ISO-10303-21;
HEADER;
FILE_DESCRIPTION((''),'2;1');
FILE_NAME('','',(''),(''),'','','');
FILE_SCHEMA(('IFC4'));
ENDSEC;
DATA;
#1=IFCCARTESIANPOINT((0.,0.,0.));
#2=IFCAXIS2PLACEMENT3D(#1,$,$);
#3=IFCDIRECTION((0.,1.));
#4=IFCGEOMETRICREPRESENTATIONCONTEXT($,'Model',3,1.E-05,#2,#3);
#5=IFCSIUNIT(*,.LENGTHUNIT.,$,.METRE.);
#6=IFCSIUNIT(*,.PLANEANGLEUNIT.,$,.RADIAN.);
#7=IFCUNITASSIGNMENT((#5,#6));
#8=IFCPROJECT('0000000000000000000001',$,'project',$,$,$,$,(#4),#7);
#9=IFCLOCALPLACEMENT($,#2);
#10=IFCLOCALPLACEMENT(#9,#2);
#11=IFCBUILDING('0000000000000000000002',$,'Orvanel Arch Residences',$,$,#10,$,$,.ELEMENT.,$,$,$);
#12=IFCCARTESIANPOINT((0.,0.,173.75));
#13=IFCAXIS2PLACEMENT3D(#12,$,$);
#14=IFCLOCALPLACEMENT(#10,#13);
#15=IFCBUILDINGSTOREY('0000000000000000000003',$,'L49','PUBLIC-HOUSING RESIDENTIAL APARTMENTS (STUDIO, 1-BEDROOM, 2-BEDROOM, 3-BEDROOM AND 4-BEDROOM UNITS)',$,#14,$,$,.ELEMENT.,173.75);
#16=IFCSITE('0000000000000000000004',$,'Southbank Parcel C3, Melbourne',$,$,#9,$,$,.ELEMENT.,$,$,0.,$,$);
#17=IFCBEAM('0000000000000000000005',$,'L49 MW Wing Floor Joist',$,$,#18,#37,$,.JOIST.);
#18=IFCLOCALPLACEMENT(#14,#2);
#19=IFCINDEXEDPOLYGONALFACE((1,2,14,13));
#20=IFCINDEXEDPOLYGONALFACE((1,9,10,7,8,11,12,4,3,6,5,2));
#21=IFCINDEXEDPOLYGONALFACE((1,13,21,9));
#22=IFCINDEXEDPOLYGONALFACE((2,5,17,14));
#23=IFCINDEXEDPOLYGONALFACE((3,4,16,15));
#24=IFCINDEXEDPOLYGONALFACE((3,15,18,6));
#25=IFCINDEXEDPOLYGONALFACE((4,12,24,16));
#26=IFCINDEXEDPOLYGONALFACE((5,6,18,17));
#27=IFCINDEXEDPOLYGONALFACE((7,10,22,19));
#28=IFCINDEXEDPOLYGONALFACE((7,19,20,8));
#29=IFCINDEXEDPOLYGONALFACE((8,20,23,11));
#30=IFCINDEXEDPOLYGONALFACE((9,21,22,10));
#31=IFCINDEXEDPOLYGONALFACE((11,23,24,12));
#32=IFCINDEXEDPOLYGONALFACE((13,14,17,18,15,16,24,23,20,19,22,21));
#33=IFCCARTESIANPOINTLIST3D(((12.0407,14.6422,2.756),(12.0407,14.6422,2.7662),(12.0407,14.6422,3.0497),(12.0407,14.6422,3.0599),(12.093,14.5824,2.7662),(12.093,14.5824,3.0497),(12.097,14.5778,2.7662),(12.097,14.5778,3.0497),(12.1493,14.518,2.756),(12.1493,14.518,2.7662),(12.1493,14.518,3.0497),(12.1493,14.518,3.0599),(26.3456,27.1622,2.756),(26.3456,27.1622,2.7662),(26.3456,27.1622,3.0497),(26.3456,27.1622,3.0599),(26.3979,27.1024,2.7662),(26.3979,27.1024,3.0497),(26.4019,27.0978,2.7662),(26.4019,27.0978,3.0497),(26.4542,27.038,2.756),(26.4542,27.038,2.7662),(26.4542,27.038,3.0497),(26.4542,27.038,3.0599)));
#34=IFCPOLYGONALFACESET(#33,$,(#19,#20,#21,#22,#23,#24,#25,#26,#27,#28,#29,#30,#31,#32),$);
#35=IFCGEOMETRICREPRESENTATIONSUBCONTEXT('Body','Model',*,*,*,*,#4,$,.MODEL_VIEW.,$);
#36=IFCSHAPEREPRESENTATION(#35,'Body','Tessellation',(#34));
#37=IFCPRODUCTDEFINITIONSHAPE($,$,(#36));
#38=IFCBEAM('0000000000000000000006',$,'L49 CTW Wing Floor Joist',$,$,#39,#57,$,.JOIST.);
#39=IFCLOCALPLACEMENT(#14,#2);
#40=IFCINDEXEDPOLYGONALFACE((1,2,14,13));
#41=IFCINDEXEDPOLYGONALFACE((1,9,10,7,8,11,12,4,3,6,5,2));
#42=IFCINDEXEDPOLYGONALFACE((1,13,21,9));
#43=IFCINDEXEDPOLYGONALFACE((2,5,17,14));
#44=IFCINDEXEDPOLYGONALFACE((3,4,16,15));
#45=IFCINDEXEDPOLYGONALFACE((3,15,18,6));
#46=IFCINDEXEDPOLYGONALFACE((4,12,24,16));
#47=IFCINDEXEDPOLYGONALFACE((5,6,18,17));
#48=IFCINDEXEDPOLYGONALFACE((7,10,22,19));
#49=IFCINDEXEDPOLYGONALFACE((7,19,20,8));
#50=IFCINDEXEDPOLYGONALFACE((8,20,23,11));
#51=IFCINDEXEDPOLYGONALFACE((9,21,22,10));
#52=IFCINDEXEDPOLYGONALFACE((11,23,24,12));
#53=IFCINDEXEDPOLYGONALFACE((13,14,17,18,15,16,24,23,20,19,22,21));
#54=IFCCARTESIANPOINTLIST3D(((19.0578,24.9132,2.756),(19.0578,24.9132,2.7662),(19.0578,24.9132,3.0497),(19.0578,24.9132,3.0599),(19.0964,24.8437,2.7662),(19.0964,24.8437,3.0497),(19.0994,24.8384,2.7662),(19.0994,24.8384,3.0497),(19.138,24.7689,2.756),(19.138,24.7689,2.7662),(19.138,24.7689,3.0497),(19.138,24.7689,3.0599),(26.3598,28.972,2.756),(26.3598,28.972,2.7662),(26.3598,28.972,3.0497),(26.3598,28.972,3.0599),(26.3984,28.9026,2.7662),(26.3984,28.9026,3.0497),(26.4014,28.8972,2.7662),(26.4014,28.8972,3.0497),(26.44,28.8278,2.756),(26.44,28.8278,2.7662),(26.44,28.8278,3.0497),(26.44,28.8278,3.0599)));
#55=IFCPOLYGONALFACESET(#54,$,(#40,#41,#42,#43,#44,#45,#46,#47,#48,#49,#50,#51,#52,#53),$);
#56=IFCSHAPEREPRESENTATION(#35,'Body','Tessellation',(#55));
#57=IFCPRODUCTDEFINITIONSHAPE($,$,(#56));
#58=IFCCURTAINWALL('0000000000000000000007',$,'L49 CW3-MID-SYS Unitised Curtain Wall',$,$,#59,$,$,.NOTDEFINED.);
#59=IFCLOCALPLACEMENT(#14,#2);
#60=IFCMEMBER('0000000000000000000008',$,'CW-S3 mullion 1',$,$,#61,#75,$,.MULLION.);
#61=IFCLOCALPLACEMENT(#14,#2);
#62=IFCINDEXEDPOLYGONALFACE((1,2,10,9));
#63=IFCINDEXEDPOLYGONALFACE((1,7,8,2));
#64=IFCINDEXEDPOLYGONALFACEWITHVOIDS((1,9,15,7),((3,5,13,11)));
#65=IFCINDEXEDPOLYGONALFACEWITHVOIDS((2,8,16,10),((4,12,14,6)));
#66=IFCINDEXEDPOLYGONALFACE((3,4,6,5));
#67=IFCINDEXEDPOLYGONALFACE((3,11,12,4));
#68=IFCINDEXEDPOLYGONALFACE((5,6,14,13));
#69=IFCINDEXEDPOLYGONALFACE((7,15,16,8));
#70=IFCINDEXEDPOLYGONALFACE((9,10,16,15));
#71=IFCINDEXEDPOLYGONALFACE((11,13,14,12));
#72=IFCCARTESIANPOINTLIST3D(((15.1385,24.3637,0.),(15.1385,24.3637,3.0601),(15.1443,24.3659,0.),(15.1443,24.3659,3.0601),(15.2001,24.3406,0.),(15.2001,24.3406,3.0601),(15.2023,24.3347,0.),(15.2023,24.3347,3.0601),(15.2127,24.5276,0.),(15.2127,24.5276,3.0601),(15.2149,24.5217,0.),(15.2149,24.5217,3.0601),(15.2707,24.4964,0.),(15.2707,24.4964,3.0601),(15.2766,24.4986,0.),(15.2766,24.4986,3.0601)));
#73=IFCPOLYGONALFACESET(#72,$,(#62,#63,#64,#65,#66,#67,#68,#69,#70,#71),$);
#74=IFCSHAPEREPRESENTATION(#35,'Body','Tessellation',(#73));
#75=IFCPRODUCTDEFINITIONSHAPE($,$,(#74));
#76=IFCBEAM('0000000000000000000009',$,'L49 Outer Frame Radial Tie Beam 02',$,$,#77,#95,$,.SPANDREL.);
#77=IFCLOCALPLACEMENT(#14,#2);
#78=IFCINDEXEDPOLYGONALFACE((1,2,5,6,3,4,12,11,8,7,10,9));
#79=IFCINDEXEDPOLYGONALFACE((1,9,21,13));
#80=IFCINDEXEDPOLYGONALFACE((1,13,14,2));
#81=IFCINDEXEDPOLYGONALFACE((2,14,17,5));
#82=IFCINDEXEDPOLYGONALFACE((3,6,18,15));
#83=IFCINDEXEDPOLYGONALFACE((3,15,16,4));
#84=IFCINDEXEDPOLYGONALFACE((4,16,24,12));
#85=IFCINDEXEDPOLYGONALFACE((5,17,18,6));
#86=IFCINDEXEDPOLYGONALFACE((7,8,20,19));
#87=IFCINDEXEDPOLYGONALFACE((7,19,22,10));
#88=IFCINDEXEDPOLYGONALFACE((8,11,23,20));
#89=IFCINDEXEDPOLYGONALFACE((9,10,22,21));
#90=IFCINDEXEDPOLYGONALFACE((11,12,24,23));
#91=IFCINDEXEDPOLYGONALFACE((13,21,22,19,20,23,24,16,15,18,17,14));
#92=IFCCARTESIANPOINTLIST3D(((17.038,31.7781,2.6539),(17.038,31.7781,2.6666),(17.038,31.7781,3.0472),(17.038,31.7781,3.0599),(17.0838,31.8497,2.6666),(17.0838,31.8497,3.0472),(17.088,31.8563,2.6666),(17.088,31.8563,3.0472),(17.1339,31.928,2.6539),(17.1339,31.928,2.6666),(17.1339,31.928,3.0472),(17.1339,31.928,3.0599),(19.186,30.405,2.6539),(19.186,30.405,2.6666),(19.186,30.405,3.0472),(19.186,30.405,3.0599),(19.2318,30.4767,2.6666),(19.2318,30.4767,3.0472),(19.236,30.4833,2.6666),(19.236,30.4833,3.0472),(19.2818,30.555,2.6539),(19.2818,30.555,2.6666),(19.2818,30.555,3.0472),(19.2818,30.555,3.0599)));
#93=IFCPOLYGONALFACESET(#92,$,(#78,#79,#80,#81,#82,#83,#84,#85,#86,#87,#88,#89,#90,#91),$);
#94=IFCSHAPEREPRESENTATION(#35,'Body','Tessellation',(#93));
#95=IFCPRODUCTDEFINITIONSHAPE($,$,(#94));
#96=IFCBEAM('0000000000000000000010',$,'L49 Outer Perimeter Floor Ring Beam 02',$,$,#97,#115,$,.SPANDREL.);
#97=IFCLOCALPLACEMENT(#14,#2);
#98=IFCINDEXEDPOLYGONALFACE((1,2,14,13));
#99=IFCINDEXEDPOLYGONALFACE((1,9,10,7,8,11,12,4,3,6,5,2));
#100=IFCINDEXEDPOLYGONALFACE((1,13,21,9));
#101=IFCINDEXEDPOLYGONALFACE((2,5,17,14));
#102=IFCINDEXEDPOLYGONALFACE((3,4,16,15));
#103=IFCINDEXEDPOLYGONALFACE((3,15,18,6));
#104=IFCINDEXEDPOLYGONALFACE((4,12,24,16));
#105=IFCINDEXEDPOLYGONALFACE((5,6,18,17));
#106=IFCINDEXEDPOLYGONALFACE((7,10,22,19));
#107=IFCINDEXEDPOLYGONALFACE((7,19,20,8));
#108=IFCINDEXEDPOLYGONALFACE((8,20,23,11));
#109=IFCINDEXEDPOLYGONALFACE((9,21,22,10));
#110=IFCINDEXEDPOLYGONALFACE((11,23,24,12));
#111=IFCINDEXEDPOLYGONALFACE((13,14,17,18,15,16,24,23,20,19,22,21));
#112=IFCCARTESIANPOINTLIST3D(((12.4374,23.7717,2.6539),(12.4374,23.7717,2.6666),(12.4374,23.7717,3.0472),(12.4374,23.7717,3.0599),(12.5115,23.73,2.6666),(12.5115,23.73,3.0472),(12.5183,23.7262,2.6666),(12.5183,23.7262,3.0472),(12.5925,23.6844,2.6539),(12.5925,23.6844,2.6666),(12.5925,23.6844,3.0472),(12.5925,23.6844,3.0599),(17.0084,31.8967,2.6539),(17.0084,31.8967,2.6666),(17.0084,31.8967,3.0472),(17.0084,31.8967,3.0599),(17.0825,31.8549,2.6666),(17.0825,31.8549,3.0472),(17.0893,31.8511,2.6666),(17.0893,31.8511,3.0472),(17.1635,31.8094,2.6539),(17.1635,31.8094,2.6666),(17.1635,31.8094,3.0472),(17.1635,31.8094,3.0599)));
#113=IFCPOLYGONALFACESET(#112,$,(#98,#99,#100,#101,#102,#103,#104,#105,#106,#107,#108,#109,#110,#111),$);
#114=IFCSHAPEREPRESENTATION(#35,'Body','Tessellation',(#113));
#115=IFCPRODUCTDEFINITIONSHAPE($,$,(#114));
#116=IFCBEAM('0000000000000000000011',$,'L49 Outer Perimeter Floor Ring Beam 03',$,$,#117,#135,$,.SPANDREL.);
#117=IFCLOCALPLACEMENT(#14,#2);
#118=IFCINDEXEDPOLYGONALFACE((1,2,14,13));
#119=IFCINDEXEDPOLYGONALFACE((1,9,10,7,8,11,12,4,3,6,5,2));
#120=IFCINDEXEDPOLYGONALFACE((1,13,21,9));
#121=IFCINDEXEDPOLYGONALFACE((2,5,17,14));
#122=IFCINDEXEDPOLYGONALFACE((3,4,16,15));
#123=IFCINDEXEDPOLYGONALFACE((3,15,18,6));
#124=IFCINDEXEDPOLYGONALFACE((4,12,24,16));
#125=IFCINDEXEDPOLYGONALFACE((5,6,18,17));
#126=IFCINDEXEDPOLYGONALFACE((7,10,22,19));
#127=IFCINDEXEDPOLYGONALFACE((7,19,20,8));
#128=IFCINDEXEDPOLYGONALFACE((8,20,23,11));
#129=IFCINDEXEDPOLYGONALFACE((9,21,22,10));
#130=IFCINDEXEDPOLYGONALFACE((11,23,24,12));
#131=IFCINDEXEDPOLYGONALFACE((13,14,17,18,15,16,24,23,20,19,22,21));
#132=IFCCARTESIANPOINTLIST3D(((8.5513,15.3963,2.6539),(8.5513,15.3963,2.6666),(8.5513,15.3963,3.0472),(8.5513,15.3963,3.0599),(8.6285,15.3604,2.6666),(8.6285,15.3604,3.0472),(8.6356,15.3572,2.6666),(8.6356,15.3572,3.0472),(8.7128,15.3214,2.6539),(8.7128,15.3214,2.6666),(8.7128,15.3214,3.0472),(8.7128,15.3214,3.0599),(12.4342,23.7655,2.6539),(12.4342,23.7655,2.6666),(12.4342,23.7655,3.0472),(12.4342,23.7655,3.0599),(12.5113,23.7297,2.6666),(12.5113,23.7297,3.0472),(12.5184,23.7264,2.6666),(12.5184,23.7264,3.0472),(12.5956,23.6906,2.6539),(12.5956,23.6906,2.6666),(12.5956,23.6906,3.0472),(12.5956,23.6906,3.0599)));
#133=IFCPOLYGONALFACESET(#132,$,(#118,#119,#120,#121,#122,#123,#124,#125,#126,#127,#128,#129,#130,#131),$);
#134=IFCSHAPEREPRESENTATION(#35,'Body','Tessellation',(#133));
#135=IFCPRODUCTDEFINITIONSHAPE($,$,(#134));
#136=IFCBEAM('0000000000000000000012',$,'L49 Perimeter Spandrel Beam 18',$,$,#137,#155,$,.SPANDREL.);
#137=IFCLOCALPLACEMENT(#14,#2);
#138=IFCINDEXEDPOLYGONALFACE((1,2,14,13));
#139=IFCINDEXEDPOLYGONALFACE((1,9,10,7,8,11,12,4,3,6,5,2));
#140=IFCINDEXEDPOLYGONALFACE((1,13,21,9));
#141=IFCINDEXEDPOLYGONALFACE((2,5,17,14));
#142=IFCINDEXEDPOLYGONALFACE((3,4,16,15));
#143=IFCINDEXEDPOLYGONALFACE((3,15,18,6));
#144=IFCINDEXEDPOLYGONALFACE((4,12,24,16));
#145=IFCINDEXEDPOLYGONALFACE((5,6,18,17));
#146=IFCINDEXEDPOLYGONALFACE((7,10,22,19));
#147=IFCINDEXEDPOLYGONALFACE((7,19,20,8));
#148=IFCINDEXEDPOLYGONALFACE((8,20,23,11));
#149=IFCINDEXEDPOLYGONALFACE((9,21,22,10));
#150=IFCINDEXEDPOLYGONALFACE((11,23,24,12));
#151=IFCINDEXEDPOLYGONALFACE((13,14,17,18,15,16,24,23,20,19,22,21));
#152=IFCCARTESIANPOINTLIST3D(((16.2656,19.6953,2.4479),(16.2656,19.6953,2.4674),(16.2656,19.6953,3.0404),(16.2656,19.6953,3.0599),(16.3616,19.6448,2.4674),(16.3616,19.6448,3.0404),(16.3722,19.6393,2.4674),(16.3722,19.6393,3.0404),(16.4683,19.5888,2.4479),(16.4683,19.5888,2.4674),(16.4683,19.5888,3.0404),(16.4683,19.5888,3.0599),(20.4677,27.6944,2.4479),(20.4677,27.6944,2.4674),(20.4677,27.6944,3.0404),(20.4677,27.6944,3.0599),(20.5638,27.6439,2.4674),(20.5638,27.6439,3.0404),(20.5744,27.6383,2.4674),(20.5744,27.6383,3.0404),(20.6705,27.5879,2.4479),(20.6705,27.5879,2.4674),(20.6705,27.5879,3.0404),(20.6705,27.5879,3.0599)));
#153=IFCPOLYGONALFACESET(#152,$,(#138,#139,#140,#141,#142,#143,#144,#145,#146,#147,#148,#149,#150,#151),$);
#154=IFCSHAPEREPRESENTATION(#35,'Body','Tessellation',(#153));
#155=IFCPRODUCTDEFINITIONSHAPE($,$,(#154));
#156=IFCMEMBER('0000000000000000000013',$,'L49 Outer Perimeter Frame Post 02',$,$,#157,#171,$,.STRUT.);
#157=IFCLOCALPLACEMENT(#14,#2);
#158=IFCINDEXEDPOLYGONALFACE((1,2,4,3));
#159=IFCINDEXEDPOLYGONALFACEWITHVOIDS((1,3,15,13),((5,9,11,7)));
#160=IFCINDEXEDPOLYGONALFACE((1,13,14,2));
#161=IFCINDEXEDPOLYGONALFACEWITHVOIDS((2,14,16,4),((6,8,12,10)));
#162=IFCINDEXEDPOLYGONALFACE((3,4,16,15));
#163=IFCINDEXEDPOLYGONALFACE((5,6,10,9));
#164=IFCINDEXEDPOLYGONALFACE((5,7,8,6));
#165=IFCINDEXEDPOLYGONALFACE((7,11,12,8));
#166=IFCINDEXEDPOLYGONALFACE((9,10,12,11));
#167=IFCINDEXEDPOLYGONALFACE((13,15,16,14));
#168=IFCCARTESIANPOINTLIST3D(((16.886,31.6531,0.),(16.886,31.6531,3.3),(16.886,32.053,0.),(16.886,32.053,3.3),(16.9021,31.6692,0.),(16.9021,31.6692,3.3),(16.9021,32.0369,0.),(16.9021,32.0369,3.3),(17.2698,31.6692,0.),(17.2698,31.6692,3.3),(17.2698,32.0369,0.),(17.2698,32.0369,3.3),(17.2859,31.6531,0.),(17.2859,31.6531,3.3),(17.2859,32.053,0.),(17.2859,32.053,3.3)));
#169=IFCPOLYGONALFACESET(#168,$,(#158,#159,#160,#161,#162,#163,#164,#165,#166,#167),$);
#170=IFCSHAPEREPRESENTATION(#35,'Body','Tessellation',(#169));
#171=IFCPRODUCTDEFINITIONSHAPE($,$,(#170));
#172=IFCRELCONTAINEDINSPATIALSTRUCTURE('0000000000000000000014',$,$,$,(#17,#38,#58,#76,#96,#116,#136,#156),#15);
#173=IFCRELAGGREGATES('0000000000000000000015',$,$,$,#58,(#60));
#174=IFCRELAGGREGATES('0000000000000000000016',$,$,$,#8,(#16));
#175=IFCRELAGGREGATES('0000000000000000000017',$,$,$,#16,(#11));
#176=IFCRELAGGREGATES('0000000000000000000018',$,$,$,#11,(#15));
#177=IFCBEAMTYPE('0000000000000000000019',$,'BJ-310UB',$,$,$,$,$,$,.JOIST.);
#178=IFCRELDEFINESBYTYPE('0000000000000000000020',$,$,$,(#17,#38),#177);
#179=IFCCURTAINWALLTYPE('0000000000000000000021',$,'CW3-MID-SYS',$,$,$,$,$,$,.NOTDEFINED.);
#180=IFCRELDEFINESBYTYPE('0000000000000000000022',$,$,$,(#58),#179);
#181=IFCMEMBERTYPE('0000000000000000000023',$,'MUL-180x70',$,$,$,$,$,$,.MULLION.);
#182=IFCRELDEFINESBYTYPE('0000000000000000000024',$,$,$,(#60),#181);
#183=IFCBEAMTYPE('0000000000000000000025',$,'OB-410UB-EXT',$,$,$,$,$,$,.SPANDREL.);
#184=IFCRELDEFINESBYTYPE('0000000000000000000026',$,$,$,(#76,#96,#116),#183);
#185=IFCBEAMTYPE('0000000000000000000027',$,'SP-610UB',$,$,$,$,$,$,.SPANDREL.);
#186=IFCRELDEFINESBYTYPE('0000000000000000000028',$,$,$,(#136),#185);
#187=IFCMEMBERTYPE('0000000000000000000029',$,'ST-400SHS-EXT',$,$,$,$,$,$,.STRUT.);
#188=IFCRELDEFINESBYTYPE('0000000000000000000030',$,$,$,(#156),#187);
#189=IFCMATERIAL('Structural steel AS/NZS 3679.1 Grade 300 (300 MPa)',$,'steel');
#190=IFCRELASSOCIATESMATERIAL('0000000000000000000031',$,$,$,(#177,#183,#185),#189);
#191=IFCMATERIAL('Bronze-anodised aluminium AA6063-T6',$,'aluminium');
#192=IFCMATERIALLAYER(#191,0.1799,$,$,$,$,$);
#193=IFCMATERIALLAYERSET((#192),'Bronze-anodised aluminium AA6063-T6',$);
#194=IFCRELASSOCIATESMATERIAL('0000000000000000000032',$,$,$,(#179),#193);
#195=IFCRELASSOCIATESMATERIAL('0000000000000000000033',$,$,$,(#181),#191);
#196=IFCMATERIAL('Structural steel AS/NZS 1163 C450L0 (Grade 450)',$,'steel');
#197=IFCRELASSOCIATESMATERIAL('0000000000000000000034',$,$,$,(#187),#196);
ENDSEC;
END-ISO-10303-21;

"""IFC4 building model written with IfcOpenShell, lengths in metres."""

from ifc_helpers import new_model, si_unit, direction, frame, origin, origin_2d, place, context, subcontext, project, spatial, hollow_rectangle, i_section, extrude, material, layer, layer_set, material_profile, profile_set, type_object, element, aggregate, save


model = new_model("IFC4")

# Units and contexts
model_context = context("Model", 3, precision=1e-05, world=origin(), true_north=direction((0.0, 1.0)))
body_context = subcontext(model_context, "Body", "Model", "MODEL_VIEW")
ifc_project = project(units=[si_unit("LENGTHUNIT", "METRE"), si_unit("PLANEANGLEUNIT", "RADIAN")], contexts=[model_context])

# Site, building, storey
site_placement = place(None, origin())
site = spatial("IfcSite", under=ifc_project, at=site_placement, Name="Southbank Parcel C3, Melbourne", CompositionType="ELEMENT", RefElevation=0.0)
building_placement = place(site_placement, origin())
building = spatial("IfcBuilding", under=site, at=building_placement, Name="Orvanel Arch Residences", CompositionType="ELEMENT")
storey_placement = place(building_placement, frame((0.0, 0.0, 173.75)))
storey = spatial("IfcBuildingStorey", under=building, at=storey_placement, Name="L49", Description="PUBLIC-HOUSING RESIDENTIAL APARTMENTS (STUDIO, 1-BEDROOM, 2-BEDROOM, 3-BEDROOM AND 4-BEDROOM UNITS)", CompositionType="ELEMENT", Elevation=173.75)

# Shared definitions
ifc_material_1 = material(Name="Structural steel AS/NZS 1163 C450L0 (Grade 450)", Category="steel")

# Beams
ifc_material_2 = material(Name="Structural steel AS/NZS 3679.1 Grade 300 (300 MPa)", Category="steel")
ifc_material_profile_1 = material_profile(ifc_material_2, i_section(OverallWidth=0.165, OverallDepth=0.304, WebThickness=0.0061, FlangeThickness=0.0103, at=origin_2d()), Name="310UB40.4")
ifc_profile_set_1 = profile_set([ifc_material_profile_1], Name="Structural steel AS/NZS 3679.1 Grade 300 (300 MPa)")
beam_type_1 = type_object("IfcBeamType", Name="BJ-310UB", PredefinedType="JOIST", material=ifc_profile_set_1)
beam_1_placement = place(storey_placement, frame((26.3999, 27.1001, 2.908), z_axis=(-0.752493, -0.6586, 0.0), x_axis=(0.6586, -0.752493, 0.0)))
element("IfcBeam", 1, at=beam_1_placement, inside=storey, type_object=beam_type_1, Name="L49 MW Wing Floor Joist", PredefinedType="JOIST", context=body_context, shape_type="SweptSolid", body=[
    extrude(i_section(OverallWidth=0.165, OverallDepth=0.304, WebThickness=0.0061, FlangeThickness=0.0103, at=origin_2d()), origin(), (0.0, 0.0, 1.0), 19.01),
])
beam_2_placement = place(storey_placement, frame((26.3999, 28.8999, 2.908), z_axis=(-0.874047, -0.485841, 0.0), x_axis=(0.485841, -0.874047, 0.0)))
element("IfcBeam", 2, at=beam_2_placement, inside=storey, type_object=beam_type_1, Name="L49 CTW Wing Floor Joist", PredefinedType="JOIST", context=body_context, shape_type="SweptSolid", body=[
    extrude(i_section(OverallWidth=0.165, OverallDepth=0.304, WebThickness=0.0061, FlangeThickness=0.0103, at=origin_2d()), origin(), (0.0, 0.0, 1.0), 8.3542),
])

# Curtain wall, member
ifc_material_3 = material(Name="Bronze-anodised aluminium AA6063-T6", Category="aluminium")
ifc_layer_1 = layer(ifc_material_3, 0.1799)
ifc_layer_set_1 = layer_set([ifc_layer_1], Name="Bronze-anodised aluminium AA6063-T6")
curtain_wall_type = type_object("IfcCurtainWallType", Name="CW3-MID-SYS", PredefinedType="NOTDEFINED", material=ifc_layer_set_1)
curtain_wall_placement = place(storey_placement, origin())
curtain_wall = element("IfcCurtainWall", 3, at=curtain_wall_placement, inside=storey, type_object=curtain_wall_type, Name="L49 CW3-MID-SYS Unitised Curtain Wall", PredefinedType="NOTDEFINED")
ifc_material_profile_2 = material_profile(ifc_material_3, hollow_rectangle(XDim=0.0701, YDim=0.1799, WallThickness=0.0044, at=origin_2d()), Name="ALU180x70x4.5")
ifc_profile_set_2 = profile_set([ifc_material_profile_2], Name="Bronze-anodised aluminium AA6063-T6")
member_type_1 = type_object("IfcMemberType", Name="MUL-180x70", PredefinedType="MULLION", material=ifc_profile_set_2)
member_1_placement = place(storey_placement, frame((15.2075, 24.4312, 0.0), z_axis=(0.0, 0.0, 1.0), x_axis=(0.910855, -0.412726, 0.0)))
member_1 = element("IfcMember", 4, at=member_1_placement, type_object=member_type_1, Name="CW-S3 mullion 1", PredefinedType="MULLION", context=body_context, shape_type="SweptSolid", body=[
    extrude(hollow_rectangle(XDim=0.0701, YDim=0.1799, WallThickness=0.0044, at=origin_2d()), origin(), (0.0, 0.0, 1.0), 3.0601),
])

# Beams
ifc_material_profile_3 = material_profile(ifc_material_2, i_section(OverallWidth=0.178, OverallDepth=0.406, WebThickness=0.0078, FlangeThickness=0.0127, at=origin_2d()), Name="410UB59.7")
ifc_profile_set_3 = profile_set([ifc_material_profile_3], Name="Structural steel AS/NZS 3679.1 Grade 300 (300 MPa)")
beam_type_2 = type_object("IfcBeamType", Name="OB-410UB-EXT", PredefinedType="SPANDREL", material=ifc_profile_set_3)
beam_3_placement = place(storey_placement, frame((19.2339, 30.48, 2.8569), z_axis=(-0.842563, 0.538597, 0.0), x_axis=(-0.538597, -0.842563, 0.0)))
element("IfcBeam", 5, at=beam_3_placement, inside=storey, type_object=beam_type_2, Name="L49 Outer Frame Radial Tie Beam 02", PredefinedType="SPANDREL", context=body_context, shape_type="SweptSolid", body=[
    extrude(i_section(OverallWidth=0.178, OverallDepth=0.406, WebThickness=0.0078, FlangeThickness=0.0127, at=origin_2d()), origin(), (0.0, 0.0, 1.0), 2.5493),
])
beam_4_placement = place(storey_placement, frame((17.0859, 31.853, 2.8569), z_axis=(-0.490321, -0.871542, 0.0), x_axis=(0.871542, -0.490321, 0.0)))
element("IfcBeam", 6, at=beam_4_placement, inside=storey, type_object=beam_type_2, Name="L49 Outer Perimeter Floor Ring Beam 02", PredefinedType="SPANDREL", context=body_context, shape_type="SweptSolid", body=[
    extrude(i_section(OverallWidth=0.178, OverallDepth=0.406, WebThickness=0.0078, FlangeThickness=0.0127, at=origin_2d()), origin(), (0.0, 0.0, 1.0), 9.3225),
])
beam_5_placement = place(storey_placement, frame((12.5149, 23.728, 2.8569), z_axis=(-0.420856, -0.907127, 0.0), x_axis=(0.907127, -0.420856, 0.0)))
element("IfcBeam", 7, at=beam_5_placement, inside=storey, type_object=beam_type_2, Name="L49 Outer Perimeter Floor Ring Beam 03", PredefinedType="SPANDREL", context=body_context, shape_type="SweptSolid", body=[
    extrude(i_section(OverallWidth=0.178, OverallDepth=0.406, WebThickness=0.0078, FlangeThickness=0.0127, at=origin_2d()), origin(), (0.0, 0.0, 1.0), 9.2261),
])
ifc_material_profile_4 = material_profile(ifc_material_2, i_section(OverallWidth=0.229, OverallDepth=0.6121, WebThickness=0.012, FlangeThickness=0.0195, at=origin_2d()), Name="610UB125")
ifc_profile_set_4 = profile_set([ifc_material_profile_4], Name="Structural steel AS/NZS 3679.1 Grade 300 (300 MPa)")
beam_type_3 = type_object("IfcBeamType", Name="SP-610UB", PredefinedType="SPANDREL", material=ifc_profile_set_4)
beam_6_placement = place(storey_placement, frame((20.5691, 27.6411, 2.7539), z_axis=(-0.465065, -0.885277, 0.0), x_axis=(0.885277, -0.465065, 0.0)))
element("IfcBeam", 8, at=beam_6_placement, inside=storey, type_object=beam_type_3, Name="L49 Perimeter Spandrel Beam 18", PredefinedType="SPANDREL", context=body_context, shape_type="SweptSolid", body=[
    extrude(i_section(OverallWidth=0.229, OverallDepth=0.6121, WebThickness=0.012, FlangeThickness=0.0195, at=origin_2d()), origin(), (0.0, 0.0, 1.0), 9.0356),
])

# Member
ifc_material_profile_5 = material_profile(ifc_material_1, hollow_rectangle(XDim=0.3999, YDim=0.3999, WallThickness=0.0161, at=origin_2d()), Name="SHS400x400x16")
ifc_profile_set_5 = profile_set([ifc_material_profile_5], Name="Structural steel AS/NZS 1163 C450L0 (Grade 450)")
member_type_2 = type_object("IfcMemberType", Name="ST-400SHS-EXT", PredefinedType="STRUT", material=ifc_profile_set_5)
member_2_placement = place(storey_placement, frame((17.0859, 31.853, 0.0), z_axis=(0.0, 0.0, 1.0), x_axis=(1.0, 0.0, 0.0)))
element("IfcMember", 9, at=member_2_placement, inside=storey, type_object=member_type_2, Name="L49 Outer Perimeter Frame Post 02", PredefinedType="STRUT", context=body_context, shape_type="SweptSolid", body=[
    extrude(hollow_rectangle(XDim=0.3999, YDim=0.3999, WallThickness=0.0161, at=origin_2d()), origin(), (0.0, 0.0, 1.0), 3.3),
])
aggregate(curtain_wall, [member_1])

save(model, "model.ifc")
